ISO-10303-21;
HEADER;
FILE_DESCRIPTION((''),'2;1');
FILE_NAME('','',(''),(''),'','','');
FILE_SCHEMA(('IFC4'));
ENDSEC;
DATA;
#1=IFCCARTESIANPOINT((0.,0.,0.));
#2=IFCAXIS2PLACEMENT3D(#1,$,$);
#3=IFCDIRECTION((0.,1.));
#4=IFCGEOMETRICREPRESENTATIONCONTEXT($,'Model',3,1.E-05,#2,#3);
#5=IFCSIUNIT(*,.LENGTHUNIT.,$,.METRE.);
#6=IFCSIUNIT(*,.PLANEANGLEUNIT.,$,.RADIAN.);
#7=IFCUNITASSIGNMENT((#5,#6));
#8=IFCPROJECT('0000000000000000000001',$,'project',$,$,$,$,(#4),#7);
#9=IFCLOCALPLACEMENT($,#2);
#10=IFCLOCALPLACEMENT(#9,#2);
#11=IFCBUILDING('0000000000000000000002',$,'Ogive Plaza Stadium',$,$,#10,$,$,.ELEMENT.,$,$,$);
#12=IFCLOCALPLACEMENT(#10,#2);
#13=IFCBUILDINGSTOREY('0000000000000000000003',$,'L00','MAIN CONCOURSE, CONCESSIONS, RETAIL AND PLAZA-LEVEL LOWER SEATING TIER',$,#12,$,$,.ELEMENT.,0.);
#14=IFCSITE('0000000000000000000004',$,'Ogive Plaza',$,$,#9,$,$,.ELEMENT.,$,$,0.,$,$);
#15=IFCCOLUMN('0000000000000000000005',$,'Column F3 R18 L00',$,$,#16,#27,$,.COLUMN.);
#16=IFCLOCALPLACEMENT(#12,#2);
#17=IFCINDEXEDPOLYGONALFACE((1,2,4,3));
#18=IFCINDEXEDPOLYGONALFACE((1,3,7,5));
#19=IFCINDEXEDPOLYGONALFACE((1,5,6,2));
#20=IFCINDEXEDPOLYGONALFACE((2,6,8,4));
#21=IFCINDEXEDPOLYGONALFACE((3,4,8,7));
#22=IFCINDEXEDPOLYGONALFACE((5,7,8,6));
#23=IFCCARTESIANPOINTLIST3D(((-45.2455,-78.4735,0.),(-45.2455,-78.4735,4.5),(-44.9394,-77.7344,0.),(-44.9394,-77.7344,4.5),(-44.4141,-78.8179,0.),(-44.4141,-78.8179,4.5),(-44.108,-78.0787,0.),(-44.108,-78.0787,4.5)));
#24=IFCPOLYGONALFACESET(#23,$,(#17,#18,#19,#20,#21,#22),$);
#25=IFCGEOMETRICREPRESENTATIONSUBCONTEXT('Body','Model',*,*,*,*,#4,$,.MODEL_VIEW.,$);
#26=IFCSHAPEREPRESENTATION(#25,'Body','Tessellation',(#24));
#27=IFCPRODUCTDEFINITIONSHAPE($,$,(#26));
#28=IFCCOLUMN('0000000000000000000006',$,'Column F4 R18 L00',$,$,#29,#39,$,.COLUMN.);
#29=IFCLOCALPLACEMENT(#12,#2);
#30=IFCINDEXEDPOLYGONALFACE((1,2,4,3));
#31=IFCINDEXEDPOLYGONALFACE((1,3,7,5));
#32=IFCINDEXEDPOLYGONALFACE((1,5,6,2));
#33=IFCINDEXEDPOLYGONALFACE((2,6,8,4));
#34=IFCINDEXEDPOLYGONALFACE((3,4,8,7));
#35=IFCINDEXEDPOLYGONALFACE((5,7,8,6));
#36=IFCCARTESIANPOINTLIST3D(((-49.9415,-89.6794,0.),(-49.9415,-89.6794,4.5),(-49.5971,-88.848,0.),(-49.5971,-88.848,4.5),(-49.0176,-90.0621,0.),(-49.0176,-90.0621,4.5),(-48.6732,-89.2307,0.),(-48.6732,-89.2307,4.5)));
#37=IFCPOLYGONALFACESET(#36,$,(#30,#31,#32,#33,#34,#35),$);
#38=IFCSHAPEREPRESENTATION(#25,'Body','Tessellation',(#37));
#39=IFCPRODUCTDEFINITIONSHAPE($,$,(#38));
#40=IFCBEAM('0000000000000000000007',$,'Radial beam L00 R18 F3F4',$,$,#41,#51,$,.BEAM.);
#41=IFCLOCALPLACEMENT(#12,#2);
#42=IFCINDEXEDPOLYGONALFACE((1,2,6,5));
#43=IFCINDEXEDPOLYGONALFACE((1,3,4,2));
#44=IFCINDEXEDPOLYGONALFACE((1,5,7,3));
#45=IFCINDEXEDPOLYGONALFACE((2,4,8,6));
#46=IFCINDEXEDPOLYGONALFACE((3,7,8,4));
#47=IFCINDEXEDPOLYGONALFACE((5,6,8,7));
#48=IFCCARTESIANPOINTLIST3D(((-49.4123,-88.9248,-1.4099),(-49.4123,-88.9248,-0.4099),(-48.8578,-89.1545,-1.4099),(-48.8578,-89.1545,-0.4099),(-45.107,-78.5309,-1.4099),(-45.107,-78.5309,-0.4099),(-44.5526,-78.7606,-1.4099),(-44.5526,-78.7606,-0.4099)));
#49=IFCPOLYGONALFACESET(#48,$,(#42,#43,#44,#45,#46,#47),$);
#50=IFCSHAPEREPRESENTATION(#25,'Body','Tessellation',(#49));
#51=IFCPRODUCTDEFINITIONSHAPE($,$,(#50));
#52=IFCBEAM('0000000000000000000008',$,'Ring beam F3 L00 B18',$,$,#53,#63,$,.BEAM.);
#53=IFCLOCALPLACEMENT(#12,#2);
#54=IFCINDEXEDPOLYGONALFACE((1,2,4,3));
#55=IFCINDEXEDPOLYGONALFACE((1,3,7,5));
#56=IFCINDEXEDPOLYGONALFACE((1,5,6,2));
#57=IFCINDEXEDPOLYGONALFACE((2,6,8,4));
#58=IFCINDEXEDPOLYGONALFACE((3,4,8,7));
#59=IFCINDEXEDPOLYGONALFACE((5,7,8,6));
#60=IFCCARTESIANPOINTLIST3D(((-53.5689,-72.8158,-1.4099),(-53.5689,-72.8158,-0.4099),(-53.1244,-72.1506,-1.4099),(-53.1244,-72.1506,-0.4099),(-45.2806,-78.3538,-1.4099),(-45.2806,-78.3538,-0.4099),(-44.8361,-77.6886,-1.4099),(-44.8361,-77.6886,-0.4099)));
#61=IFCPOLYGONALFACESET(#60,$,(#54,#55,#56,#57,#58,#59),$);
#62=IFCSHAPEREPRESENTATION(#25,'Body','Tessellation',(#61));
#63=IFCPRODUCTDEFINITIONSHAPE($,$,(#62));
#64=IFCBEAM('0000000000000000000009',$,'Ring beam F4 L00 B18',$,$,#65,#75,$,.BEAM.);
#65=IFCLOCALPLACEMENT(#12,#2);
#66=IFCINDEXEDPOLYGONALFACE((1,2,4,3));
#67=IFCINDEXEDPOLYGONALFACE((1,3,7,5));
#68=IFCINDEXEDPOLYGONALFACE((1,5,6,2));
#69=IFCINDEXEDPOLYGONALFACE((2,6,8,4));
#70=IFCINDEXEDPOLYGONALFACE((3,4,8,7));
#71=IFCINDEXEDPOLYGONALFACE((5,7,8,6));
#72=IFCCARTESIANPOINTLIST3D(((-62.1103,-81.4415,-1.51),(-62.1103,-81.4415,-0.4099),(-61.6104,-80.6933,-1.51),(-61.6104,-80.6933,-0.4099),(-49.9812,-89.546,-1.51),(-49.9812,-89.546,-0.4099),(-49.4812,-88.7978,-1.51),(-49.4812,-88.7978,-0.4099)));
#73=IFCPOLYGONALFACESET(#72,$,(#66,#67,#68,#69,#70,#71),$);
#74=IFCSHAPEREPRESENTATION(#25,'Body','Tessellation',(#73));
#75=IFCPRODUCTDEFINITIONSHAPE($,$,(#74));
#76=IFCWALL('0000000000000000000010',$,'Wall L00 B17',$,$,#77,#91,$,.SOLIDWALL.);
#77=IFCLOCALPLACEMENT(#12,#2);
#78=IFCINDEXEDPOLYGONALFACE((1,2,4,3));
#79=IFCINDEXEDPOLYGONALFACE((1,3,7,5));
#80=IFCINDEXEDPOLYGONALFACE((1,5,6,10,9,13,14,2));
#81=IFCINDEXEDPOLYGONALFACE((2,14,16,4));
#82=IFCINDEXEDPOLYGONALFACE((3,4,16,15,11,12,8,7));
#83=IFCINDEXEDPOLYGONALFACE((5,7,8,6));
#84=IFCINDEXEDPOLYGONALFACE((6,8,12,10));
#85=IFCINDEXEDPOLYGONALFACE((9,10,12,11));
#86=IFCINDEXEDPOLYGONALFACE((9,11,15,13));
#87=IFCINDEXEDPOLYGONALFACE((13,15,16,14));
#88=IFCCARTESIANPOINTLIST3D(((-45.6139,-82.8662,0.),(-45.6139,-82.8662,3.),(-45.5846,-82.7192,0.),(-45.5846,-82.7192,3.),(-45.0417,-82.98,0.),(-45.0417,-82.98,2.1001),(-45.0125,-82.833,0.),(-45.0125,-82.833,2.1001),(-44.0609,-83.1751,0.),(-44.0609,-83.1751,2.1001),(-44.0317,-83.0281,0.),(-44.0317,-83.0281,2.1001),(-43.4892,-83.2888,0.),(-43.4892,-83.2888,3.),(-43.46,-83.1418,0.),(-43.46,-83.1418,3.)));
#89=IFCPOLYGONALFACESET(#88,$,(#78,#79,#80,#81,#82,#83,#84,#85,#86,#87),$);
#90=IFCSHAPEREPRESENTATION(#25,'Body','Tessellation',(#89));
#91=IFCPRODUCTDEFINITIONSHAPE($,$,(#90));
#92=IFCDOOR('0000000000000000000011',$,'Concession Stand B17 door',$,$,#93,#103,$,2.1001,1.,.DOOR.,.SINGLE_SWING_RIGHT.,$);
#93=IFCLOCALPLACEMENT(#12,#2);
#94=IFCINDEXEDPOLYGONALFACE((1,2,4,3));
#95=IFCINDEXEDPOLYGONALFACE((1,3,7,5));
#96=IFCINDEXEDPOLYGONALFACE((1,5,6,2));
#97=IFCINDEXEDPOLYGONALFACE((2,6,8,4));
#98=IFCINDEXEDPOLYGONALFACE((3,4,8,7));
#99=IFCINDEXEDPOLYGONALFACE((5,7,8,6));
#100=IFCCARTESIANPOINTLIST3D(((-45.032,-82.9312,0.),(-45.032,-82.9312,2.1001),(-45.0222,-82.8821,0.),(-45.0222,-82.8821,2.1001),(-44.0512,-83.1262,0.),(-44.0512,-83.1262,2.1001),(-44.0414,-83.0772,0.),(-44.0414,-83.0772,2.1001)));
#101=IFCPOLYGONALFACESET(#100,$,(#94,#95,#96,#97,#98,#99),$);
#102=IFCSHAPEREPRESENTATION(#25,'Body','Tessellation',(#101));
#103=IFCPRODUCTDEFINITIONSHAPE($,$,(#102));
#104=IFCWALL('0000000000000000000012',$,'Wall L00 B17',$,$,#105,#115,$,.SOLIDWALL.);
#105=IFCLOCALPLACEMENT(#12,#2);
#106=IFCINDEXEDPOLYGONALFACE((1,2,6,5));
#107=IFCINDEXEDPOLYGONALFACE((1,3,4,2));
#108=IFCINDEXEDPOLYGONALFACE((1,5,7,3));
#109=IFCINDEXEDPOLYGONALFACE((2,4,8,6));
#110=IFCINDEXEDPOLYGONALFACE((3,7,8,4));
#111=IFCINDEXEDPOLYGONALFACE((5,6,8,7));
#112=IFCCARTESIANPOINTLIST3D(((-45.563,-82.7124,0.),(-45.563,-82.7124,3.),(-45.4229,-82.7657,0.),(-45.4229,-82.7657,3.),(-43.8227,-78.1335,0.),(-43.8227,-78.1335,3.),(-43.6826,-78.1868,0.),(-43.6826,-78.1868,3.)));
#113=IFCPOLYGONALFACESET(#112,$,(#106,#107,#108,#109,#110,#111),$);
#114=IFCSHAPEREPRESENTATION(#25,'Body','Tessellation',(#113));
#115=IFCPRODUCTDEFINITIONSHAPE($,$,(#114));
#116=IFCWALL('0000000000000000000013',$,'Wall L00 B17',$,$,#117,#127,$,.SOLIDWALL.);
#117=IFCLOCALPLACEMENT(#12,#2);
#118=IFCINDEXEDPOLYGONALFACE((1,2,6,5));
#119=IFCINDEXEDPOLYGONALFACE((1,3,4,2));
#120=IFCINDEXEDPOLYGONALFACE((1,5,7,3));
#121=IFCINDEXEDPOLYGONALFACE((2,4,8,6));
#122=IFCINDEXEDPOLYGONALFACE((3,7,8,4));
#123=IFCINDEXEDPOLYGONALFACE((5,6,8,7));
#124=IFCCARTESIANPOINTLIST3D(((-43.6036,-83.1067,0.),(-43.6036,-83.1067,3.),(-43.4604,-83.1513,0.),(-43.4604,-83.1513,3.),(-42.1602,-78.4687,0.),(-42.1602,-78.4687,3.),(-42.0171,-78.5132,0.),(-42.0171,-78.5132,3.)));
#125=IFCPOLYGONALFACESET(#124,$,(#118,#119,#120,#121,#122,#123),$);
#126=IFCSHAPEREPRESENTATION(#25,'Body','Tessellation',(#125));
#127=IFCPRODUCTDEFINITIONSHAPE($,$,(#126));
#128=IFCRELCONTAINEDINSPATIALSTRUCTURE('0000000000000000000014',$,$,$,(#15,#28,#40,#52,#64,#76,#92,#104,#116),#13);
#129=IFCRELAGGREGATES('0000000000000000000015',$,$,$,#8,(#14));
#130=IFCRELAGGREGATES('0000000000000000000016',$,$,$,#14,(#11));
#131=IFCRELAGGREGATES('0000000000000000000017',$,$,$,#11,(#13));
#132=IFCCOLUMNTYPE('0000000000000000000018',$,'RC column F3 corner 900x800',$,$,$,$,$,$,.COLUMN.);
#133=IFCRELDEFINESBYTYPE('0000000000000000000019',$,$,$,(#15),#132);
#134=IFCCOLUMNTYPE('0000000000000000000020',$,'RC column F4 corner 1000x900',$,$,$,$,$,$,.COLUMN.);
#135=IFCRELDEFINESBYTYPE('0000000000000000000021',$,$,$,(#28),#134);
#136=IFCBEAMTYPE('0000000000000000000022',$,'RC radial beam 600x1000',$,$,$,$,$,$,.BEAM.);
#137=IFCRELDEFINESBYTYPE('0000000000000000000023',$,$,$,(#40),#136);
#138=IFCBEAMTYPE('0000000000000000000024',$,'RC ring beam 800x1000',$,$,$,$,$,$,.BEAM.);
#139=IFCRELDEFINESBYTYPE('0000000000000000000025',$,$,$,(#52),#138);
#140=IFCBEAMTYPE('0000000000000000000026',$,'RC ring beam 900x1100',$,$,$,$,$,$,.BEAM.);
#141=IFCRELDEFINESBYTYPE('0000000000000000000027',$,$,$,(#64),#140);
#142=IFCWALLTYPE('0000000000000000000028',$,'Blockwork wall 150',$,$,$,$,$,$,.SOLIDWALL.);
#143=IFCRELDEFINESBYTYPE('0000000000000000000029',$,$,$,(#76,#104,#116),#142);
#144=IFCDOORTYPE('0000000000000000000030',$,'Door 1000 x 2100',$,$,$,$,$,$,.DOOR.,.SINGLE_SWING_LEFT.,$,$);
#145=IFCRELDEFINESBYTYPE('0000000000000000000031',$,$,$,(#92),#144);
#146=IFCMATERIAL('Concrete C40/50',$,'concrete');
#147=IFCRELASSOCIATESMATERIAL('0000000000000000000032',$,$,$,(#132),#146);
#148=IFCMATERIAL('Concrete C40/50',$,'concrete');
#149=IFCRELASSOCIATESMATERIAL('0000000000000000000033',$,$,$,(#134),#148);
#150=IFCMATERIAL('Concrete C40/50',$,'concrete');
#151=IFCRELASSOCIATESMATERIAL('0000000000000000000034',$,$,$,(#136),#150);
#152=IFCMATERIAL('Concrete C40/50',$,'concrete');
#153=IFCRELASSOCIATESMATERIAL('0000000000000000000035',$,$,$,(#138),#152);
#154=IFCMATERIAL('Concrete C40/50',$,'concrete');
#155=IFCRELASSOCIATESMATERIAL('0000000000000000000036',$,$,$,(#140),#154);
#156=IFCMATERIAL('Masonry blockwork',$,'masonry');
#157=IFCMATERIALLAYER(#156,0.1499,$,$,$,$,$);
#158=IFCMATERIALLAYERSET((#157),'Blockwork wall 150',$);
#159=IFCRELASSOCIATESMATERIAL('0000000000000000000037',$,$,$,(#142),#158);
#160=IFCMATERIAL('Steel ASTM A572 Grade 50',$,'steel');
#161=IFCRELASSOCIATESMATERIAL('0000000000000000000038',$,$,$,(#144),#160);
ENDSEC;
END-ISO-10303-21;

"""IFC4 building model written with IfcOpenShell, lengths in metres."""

from ifc_helpers import new_model, si_unit, direction, frame, frame_2d, origin, origin_2d, place, context, subcontext, project, spatial, rectangle, extrude, material, layer, layer_set, material_profile, profile_set, type_object, element, fill, save


model = new_model("IFC4")

# Units and contexts
model_context = context("Model", 3, precision=1e-05, world=origin(), true_north=direction((0.0, 1.0)))
body_context = subcontext(model_context, "Body", "Model", "MODEL_VIEW")
ifc_project = project(units=[si_unit("LENGTHUNIT", "METRE"), si_unit("PLANEANGLEUNIT", "RADIAN")], contexts=[model_context])

# Site, building, storey
site_placement = place(None, origin())
site = spatial("IfcSite", under=ifc_project, at=site_placement, Name="Ogive Plaza", CompositionType="ELEMENT", RefElevation=0.0)
building_placement = place(site_placement, origin())
building = spatial("IfcBuilding", under=site, at=building_placement, Name="Ogive Plaza Stadium", CompositionType="ELEMENT")
storey_placement = place(building_placement, origin())
storey = spatial("IfcBuildingStorey", under=building, at=storey_placement, Name="L00", Description="MAIN CONCOURSE, CONCESSIONS, RETAIL AND PLAZA-LEVEL LOWER SEATING TIER", CompositionType="ELEMENT", Elevation=0.0)

# Columns
ifc_material_1 = material(Name="Concrete C40/50", Category="concrete")
ifc_material_profile_1 = material_profile(ifc_material_1, rectangle(XDim=0.8999, YDim=0.8, at=origin_2d()), Name="RC 900x800")
ifc_profile_set_1 = profile_set([ifc_material_profile_1], Name="Concrete C40/50")
column_type_1 = type_object("IfcColumnType", Name="RC column F3 corner 900x800", PredefinedType="COLUMN", material=ifc_profile_set_1)
column_1_placement = place(storey_placement, frame((-44.6768, -78.2761, 0.0), z_axis=(0.0, 0.0, 1.0), x_axis=(0.92388, -0.382683, 0.0)))
element("IfcColumn", 1, at=column_1_placement, inside=storey, type_object=column_type_1, Name="Column F3 R18 L00", PredefinedType="COLUMN", context=body_context, shape_type="SweptSolid", body=[
    extrude(rectangle(XDim=0.8999, YDim=0.8, at=origin_2d()), origin(), (0.0, 0.0, 1.0), 4.5),
])
ifc_material_2 = material(Name="Concrete C40/50", Category="concrete")
ifc_material_profile_2 = material_profile(ifc_material_2, rectangle(XDim=1.0, YDim=0.8999, at=origin_2d()), Name="RC 1000x900")
ifc_profile_set_2 = profile_set([ifc_material_profile_2], Name="Concrete C40/50")
column_type_2 = type_object("IfcColumnType", Name="RC column F4 corner 1000x900", PredefinedType="COLUMN", material=ifc_profile_set_2)
column_2_placement = place(storey_placement, frame((-49.3074, -89.4551, 0.0), z_axis=(0.0, 0.0, 1.0), x_axis=(0.92388, -0.382683, 0.0)))
element("IfcColumn", 2, at=column_2_placement, inside=storey, type_object=column_type_2, Name="Column F4 R18 L00", PredefinedType="COLUMN", context=body_context, shape_type="SweptSolid", body=[
    extrude(rectangle(XDim=1.0, YDim=0.8999, at=origin_2d()), origin(), (0.0, 0.0, 1.0), 4.5),
])

# Beams
ifc_material_3 = material(Name="Concrete C40/50", Category="concrete")
ifc_material_profile_3 = material_profile(ifc_material_3, rectangle(XDim=0.6001, YDim=1.0, at=origin_2d()), Name="RC 600x1000")
ifc_profile_set_3 = profile_set([ifc_material_profile_3], Name="Concrete C40/50")
beam_type_1 = type_object("IfcBeamType", Name="RC radial beam 600x1000", PredefinedType="BEAM", material=ifc_profile_set_3)
beam_1_placement = place(storey_placement, frame((-44.8298, -78.6458, -0.9099), z_axis=(-0.382678, -0.923882, 0.0), x_axis=(0.923882, -0.382678, 0.0)))
element("IfcBeam", 3, at=beam_1_placement, inside=storey, type_object=beam_type_1, Name="Radial beam L00 R18 F3F4", PredefinedType="BEAM", context=body_context, shape_type="SweptSolid", body=[
    extrude(rectangle(XDim=0.6001, YDim=1.0, at=origin_2d()), origin(), (0.0, 0.0, 1.0), 11.2502),
])
ifc_material_4 = material(Name="Concrete C40/50", Category="concrete")
ifc_material_profile_4 = material_profile(ifc_material_4, rectangle(XDim=0.8, YDim=1.0, at=origin_2d()), Name="RC 800x1000")
ifc_profile_set_4 = profile_set([ifc_material_profile_4], Name="Concrete C40/50")
beam_type_2 = type_object("IfcBeamType", Name="RC ring beam 800x1000", PredefinedType="BEAM", material=ifc_profile_set_4)
beam_2_placement = place(storey_placement, frame((-45.0583, -78.0212, -0.9099), z_axis=(-0.83147, 0.55557, 0.0), x_axis=(-0.55557, -0.83147, 0.0)))
element("IfcBeam", 4, at=beam_2_placement, inside=storey, type_object=beam_type_2, Name="Ring beam F3 L00 B18", PredefinedType="BEAM", context=body_context, shape_type="SweptSolid", body=[
    extrude(rectangle(XDim=0.8, YDim=1.0, at=origin_2d()), origin(), (0.0, 0.0, 1.0), 9.9683),
])
ifc_material_5 = material(Name="Concrete C40/50", Category="concrete")
ifc_material_profile_5 = material_profile(ifc_material_5, rectangle(XDim=0.8999, YDim=1.1001, at=origin_2d()), Name="RC 900x1100")
ifc_profile_set_5 = profile_set([ifc_material_profile_5], Name="Concrete C40/50")
beam_type_3 = type_object("IfcBeamType", Name="RC ring beam 900x1100", PredefinedType="BEAM", material=ifc_profile_set_5)
beam_3_placement = place(storey_placement, frame((-49.7312, -89.1719, -0.96), z_axis=(-0.831468, 0.555573, 0.0), x_axis=(-0.555573, -0.831468, 0.0)))
element("IfcBeam", 5, at=beam_3_placement, inside=storey, type_object=beam_type_3, Name="Ring beam F4 L00 B18", PredefinedType="BEAM", context=body_context, shape_type="SweptSolid", body=[
    extrude(rectangle(XDim=0.8999, YDim=1.1001, at=origin_2d()), origin(), (0.0, 0.0, 1.0), 14.5876),
])

# Wall, opening, door
ifc_material_6 = material(Name="Masonry blockwork", Category="masonry")
ifc_layer_1 = layer(ifc_material_6, 0.1499)
ifc_layer_set_1 = layer_set([ifc_layer_1], Name="Blockwork wall 150")
wall_type_1 = type_object("IfcWallType", Name="Blockwork wall 150", PredefinedType="SOLIDWALL", material=ifc_layer_set_1)
wall_1_placement = place(storey_placement, frame((-45.5991, -82.7927, 0.0), z_axis=(0.0, 0.0, 1.0), x_axis=(0.980788, -0.195076, 0.0)))
wall_1 = element("IfcWall", 6, at=wall_1_placement, inside=storey, type_object=wall_type_1, Name="Wall L00 B17", PredefinedType="SOLIDWALL", context=body_context, shape_type="SweptSolid", body=[
    extrude(rectangle(XDim=2.1663, YDim=0.1499, at=frame_2d((1.083, 0.0))), origin(), (0.0, 0.0, 1.0), 3.0),
])
opening_1_placement = place(wall_1_placement, frame((0.5833, 0.0, 0.0)))
opening_1 = element("IfcOpeningElement", 7, at=opening_1_placement, cuts=wall_1, PredefinedType="OPENING", context=body_context, shape_type="SweptSolid", body=[
    extrude(rectangle(XDim=1.0, YDim=2.1001, at=frame_2d((0.5, 1.05))), frame((0.0, 0.075, 0.0), z_axis=(0.0, -1.0, 0.0), x_axis=(1.0, 0.0, 0.0)), (0.0, 0.0, 1.0), 0.1499),
])
ifc_material_7 = material(Name="Steel ASTM A572 Grade 50", Category="steel")
door_type_1 = type_object("IfcDoorType", Name="Door 1000 x 2100", OperationType="SINGLE_SWING_LEFT", PredefinedType="DOOR", material=ifc_material_7)
door_1_placement = place(opening_1_placement, origin())
door_1 = element("IfcDoor", 8, at=door_1_placement, inside=storey, type_object=door_type_1, Name="Concession Stand B17 door", OperationType="SINGLE_SWING_RIGHT", OverallHeight=2.1001, OverallWidth=1.0, PredefinedType="DOOR", context=body_context, shape_type="SweptSolid", body=[
    extrude(rectangle(XDim=1.0, YDim=2.1001, at=frame_2d((0.5, 1.05))), frame((0.0, 0.0249, 0.0), z_axis=(0.0, -1.0, 0.0), x_axis=(1.0, 0.0, 0.0)), (0.0, 0.0, 1.0), 0.05),
])
fill(opening_1, door_1)

# Walls
wall_2_placement = place(storey_placement, frame((-43.7527, -78.1602, 0.0), z_axis=(0.0, 0.0, 1.0), x_axis=(-0.355266, -0.934765, 0.0)))
element("IfcWall", 9, at=wall_2_placement, inside=storey, type_object=wall_type_1, Name="Wall L00 B17", PredefinedType="SOLIDWALL", context=body_context, shape_type="SweptSolid", body=[
    extrude(rectangle(XDim=4.8984, YDim=0.1499, at=frame_2d((2.4492, 0.0))), origin(), (0.0, 0.0, 1.0), 3.0),
])
wall_3_placement = place(storey_placement, frame((-42.0886, -78.491, 0.0), z_axis=(0.0, 0.0, 1.0), x_axis=(-0.29715, -0.954831, 0.0)))
element("IfcWall", 10, at=wall_3_placement, inside=storey, type_object=wall_type_1, Name="Wall L00 B17", PredefinedType="SOLIDWALL", context=body_context, shape_type="SweptSolid", body=[
    extrude(rectangle(XDim=4.8574, YDim=0.1499, at=frame_2d((2.4287, 0.0))), origin(), (0.0, 0.0, 1.0), 3.0),
])

save(model, "model.ifc")
